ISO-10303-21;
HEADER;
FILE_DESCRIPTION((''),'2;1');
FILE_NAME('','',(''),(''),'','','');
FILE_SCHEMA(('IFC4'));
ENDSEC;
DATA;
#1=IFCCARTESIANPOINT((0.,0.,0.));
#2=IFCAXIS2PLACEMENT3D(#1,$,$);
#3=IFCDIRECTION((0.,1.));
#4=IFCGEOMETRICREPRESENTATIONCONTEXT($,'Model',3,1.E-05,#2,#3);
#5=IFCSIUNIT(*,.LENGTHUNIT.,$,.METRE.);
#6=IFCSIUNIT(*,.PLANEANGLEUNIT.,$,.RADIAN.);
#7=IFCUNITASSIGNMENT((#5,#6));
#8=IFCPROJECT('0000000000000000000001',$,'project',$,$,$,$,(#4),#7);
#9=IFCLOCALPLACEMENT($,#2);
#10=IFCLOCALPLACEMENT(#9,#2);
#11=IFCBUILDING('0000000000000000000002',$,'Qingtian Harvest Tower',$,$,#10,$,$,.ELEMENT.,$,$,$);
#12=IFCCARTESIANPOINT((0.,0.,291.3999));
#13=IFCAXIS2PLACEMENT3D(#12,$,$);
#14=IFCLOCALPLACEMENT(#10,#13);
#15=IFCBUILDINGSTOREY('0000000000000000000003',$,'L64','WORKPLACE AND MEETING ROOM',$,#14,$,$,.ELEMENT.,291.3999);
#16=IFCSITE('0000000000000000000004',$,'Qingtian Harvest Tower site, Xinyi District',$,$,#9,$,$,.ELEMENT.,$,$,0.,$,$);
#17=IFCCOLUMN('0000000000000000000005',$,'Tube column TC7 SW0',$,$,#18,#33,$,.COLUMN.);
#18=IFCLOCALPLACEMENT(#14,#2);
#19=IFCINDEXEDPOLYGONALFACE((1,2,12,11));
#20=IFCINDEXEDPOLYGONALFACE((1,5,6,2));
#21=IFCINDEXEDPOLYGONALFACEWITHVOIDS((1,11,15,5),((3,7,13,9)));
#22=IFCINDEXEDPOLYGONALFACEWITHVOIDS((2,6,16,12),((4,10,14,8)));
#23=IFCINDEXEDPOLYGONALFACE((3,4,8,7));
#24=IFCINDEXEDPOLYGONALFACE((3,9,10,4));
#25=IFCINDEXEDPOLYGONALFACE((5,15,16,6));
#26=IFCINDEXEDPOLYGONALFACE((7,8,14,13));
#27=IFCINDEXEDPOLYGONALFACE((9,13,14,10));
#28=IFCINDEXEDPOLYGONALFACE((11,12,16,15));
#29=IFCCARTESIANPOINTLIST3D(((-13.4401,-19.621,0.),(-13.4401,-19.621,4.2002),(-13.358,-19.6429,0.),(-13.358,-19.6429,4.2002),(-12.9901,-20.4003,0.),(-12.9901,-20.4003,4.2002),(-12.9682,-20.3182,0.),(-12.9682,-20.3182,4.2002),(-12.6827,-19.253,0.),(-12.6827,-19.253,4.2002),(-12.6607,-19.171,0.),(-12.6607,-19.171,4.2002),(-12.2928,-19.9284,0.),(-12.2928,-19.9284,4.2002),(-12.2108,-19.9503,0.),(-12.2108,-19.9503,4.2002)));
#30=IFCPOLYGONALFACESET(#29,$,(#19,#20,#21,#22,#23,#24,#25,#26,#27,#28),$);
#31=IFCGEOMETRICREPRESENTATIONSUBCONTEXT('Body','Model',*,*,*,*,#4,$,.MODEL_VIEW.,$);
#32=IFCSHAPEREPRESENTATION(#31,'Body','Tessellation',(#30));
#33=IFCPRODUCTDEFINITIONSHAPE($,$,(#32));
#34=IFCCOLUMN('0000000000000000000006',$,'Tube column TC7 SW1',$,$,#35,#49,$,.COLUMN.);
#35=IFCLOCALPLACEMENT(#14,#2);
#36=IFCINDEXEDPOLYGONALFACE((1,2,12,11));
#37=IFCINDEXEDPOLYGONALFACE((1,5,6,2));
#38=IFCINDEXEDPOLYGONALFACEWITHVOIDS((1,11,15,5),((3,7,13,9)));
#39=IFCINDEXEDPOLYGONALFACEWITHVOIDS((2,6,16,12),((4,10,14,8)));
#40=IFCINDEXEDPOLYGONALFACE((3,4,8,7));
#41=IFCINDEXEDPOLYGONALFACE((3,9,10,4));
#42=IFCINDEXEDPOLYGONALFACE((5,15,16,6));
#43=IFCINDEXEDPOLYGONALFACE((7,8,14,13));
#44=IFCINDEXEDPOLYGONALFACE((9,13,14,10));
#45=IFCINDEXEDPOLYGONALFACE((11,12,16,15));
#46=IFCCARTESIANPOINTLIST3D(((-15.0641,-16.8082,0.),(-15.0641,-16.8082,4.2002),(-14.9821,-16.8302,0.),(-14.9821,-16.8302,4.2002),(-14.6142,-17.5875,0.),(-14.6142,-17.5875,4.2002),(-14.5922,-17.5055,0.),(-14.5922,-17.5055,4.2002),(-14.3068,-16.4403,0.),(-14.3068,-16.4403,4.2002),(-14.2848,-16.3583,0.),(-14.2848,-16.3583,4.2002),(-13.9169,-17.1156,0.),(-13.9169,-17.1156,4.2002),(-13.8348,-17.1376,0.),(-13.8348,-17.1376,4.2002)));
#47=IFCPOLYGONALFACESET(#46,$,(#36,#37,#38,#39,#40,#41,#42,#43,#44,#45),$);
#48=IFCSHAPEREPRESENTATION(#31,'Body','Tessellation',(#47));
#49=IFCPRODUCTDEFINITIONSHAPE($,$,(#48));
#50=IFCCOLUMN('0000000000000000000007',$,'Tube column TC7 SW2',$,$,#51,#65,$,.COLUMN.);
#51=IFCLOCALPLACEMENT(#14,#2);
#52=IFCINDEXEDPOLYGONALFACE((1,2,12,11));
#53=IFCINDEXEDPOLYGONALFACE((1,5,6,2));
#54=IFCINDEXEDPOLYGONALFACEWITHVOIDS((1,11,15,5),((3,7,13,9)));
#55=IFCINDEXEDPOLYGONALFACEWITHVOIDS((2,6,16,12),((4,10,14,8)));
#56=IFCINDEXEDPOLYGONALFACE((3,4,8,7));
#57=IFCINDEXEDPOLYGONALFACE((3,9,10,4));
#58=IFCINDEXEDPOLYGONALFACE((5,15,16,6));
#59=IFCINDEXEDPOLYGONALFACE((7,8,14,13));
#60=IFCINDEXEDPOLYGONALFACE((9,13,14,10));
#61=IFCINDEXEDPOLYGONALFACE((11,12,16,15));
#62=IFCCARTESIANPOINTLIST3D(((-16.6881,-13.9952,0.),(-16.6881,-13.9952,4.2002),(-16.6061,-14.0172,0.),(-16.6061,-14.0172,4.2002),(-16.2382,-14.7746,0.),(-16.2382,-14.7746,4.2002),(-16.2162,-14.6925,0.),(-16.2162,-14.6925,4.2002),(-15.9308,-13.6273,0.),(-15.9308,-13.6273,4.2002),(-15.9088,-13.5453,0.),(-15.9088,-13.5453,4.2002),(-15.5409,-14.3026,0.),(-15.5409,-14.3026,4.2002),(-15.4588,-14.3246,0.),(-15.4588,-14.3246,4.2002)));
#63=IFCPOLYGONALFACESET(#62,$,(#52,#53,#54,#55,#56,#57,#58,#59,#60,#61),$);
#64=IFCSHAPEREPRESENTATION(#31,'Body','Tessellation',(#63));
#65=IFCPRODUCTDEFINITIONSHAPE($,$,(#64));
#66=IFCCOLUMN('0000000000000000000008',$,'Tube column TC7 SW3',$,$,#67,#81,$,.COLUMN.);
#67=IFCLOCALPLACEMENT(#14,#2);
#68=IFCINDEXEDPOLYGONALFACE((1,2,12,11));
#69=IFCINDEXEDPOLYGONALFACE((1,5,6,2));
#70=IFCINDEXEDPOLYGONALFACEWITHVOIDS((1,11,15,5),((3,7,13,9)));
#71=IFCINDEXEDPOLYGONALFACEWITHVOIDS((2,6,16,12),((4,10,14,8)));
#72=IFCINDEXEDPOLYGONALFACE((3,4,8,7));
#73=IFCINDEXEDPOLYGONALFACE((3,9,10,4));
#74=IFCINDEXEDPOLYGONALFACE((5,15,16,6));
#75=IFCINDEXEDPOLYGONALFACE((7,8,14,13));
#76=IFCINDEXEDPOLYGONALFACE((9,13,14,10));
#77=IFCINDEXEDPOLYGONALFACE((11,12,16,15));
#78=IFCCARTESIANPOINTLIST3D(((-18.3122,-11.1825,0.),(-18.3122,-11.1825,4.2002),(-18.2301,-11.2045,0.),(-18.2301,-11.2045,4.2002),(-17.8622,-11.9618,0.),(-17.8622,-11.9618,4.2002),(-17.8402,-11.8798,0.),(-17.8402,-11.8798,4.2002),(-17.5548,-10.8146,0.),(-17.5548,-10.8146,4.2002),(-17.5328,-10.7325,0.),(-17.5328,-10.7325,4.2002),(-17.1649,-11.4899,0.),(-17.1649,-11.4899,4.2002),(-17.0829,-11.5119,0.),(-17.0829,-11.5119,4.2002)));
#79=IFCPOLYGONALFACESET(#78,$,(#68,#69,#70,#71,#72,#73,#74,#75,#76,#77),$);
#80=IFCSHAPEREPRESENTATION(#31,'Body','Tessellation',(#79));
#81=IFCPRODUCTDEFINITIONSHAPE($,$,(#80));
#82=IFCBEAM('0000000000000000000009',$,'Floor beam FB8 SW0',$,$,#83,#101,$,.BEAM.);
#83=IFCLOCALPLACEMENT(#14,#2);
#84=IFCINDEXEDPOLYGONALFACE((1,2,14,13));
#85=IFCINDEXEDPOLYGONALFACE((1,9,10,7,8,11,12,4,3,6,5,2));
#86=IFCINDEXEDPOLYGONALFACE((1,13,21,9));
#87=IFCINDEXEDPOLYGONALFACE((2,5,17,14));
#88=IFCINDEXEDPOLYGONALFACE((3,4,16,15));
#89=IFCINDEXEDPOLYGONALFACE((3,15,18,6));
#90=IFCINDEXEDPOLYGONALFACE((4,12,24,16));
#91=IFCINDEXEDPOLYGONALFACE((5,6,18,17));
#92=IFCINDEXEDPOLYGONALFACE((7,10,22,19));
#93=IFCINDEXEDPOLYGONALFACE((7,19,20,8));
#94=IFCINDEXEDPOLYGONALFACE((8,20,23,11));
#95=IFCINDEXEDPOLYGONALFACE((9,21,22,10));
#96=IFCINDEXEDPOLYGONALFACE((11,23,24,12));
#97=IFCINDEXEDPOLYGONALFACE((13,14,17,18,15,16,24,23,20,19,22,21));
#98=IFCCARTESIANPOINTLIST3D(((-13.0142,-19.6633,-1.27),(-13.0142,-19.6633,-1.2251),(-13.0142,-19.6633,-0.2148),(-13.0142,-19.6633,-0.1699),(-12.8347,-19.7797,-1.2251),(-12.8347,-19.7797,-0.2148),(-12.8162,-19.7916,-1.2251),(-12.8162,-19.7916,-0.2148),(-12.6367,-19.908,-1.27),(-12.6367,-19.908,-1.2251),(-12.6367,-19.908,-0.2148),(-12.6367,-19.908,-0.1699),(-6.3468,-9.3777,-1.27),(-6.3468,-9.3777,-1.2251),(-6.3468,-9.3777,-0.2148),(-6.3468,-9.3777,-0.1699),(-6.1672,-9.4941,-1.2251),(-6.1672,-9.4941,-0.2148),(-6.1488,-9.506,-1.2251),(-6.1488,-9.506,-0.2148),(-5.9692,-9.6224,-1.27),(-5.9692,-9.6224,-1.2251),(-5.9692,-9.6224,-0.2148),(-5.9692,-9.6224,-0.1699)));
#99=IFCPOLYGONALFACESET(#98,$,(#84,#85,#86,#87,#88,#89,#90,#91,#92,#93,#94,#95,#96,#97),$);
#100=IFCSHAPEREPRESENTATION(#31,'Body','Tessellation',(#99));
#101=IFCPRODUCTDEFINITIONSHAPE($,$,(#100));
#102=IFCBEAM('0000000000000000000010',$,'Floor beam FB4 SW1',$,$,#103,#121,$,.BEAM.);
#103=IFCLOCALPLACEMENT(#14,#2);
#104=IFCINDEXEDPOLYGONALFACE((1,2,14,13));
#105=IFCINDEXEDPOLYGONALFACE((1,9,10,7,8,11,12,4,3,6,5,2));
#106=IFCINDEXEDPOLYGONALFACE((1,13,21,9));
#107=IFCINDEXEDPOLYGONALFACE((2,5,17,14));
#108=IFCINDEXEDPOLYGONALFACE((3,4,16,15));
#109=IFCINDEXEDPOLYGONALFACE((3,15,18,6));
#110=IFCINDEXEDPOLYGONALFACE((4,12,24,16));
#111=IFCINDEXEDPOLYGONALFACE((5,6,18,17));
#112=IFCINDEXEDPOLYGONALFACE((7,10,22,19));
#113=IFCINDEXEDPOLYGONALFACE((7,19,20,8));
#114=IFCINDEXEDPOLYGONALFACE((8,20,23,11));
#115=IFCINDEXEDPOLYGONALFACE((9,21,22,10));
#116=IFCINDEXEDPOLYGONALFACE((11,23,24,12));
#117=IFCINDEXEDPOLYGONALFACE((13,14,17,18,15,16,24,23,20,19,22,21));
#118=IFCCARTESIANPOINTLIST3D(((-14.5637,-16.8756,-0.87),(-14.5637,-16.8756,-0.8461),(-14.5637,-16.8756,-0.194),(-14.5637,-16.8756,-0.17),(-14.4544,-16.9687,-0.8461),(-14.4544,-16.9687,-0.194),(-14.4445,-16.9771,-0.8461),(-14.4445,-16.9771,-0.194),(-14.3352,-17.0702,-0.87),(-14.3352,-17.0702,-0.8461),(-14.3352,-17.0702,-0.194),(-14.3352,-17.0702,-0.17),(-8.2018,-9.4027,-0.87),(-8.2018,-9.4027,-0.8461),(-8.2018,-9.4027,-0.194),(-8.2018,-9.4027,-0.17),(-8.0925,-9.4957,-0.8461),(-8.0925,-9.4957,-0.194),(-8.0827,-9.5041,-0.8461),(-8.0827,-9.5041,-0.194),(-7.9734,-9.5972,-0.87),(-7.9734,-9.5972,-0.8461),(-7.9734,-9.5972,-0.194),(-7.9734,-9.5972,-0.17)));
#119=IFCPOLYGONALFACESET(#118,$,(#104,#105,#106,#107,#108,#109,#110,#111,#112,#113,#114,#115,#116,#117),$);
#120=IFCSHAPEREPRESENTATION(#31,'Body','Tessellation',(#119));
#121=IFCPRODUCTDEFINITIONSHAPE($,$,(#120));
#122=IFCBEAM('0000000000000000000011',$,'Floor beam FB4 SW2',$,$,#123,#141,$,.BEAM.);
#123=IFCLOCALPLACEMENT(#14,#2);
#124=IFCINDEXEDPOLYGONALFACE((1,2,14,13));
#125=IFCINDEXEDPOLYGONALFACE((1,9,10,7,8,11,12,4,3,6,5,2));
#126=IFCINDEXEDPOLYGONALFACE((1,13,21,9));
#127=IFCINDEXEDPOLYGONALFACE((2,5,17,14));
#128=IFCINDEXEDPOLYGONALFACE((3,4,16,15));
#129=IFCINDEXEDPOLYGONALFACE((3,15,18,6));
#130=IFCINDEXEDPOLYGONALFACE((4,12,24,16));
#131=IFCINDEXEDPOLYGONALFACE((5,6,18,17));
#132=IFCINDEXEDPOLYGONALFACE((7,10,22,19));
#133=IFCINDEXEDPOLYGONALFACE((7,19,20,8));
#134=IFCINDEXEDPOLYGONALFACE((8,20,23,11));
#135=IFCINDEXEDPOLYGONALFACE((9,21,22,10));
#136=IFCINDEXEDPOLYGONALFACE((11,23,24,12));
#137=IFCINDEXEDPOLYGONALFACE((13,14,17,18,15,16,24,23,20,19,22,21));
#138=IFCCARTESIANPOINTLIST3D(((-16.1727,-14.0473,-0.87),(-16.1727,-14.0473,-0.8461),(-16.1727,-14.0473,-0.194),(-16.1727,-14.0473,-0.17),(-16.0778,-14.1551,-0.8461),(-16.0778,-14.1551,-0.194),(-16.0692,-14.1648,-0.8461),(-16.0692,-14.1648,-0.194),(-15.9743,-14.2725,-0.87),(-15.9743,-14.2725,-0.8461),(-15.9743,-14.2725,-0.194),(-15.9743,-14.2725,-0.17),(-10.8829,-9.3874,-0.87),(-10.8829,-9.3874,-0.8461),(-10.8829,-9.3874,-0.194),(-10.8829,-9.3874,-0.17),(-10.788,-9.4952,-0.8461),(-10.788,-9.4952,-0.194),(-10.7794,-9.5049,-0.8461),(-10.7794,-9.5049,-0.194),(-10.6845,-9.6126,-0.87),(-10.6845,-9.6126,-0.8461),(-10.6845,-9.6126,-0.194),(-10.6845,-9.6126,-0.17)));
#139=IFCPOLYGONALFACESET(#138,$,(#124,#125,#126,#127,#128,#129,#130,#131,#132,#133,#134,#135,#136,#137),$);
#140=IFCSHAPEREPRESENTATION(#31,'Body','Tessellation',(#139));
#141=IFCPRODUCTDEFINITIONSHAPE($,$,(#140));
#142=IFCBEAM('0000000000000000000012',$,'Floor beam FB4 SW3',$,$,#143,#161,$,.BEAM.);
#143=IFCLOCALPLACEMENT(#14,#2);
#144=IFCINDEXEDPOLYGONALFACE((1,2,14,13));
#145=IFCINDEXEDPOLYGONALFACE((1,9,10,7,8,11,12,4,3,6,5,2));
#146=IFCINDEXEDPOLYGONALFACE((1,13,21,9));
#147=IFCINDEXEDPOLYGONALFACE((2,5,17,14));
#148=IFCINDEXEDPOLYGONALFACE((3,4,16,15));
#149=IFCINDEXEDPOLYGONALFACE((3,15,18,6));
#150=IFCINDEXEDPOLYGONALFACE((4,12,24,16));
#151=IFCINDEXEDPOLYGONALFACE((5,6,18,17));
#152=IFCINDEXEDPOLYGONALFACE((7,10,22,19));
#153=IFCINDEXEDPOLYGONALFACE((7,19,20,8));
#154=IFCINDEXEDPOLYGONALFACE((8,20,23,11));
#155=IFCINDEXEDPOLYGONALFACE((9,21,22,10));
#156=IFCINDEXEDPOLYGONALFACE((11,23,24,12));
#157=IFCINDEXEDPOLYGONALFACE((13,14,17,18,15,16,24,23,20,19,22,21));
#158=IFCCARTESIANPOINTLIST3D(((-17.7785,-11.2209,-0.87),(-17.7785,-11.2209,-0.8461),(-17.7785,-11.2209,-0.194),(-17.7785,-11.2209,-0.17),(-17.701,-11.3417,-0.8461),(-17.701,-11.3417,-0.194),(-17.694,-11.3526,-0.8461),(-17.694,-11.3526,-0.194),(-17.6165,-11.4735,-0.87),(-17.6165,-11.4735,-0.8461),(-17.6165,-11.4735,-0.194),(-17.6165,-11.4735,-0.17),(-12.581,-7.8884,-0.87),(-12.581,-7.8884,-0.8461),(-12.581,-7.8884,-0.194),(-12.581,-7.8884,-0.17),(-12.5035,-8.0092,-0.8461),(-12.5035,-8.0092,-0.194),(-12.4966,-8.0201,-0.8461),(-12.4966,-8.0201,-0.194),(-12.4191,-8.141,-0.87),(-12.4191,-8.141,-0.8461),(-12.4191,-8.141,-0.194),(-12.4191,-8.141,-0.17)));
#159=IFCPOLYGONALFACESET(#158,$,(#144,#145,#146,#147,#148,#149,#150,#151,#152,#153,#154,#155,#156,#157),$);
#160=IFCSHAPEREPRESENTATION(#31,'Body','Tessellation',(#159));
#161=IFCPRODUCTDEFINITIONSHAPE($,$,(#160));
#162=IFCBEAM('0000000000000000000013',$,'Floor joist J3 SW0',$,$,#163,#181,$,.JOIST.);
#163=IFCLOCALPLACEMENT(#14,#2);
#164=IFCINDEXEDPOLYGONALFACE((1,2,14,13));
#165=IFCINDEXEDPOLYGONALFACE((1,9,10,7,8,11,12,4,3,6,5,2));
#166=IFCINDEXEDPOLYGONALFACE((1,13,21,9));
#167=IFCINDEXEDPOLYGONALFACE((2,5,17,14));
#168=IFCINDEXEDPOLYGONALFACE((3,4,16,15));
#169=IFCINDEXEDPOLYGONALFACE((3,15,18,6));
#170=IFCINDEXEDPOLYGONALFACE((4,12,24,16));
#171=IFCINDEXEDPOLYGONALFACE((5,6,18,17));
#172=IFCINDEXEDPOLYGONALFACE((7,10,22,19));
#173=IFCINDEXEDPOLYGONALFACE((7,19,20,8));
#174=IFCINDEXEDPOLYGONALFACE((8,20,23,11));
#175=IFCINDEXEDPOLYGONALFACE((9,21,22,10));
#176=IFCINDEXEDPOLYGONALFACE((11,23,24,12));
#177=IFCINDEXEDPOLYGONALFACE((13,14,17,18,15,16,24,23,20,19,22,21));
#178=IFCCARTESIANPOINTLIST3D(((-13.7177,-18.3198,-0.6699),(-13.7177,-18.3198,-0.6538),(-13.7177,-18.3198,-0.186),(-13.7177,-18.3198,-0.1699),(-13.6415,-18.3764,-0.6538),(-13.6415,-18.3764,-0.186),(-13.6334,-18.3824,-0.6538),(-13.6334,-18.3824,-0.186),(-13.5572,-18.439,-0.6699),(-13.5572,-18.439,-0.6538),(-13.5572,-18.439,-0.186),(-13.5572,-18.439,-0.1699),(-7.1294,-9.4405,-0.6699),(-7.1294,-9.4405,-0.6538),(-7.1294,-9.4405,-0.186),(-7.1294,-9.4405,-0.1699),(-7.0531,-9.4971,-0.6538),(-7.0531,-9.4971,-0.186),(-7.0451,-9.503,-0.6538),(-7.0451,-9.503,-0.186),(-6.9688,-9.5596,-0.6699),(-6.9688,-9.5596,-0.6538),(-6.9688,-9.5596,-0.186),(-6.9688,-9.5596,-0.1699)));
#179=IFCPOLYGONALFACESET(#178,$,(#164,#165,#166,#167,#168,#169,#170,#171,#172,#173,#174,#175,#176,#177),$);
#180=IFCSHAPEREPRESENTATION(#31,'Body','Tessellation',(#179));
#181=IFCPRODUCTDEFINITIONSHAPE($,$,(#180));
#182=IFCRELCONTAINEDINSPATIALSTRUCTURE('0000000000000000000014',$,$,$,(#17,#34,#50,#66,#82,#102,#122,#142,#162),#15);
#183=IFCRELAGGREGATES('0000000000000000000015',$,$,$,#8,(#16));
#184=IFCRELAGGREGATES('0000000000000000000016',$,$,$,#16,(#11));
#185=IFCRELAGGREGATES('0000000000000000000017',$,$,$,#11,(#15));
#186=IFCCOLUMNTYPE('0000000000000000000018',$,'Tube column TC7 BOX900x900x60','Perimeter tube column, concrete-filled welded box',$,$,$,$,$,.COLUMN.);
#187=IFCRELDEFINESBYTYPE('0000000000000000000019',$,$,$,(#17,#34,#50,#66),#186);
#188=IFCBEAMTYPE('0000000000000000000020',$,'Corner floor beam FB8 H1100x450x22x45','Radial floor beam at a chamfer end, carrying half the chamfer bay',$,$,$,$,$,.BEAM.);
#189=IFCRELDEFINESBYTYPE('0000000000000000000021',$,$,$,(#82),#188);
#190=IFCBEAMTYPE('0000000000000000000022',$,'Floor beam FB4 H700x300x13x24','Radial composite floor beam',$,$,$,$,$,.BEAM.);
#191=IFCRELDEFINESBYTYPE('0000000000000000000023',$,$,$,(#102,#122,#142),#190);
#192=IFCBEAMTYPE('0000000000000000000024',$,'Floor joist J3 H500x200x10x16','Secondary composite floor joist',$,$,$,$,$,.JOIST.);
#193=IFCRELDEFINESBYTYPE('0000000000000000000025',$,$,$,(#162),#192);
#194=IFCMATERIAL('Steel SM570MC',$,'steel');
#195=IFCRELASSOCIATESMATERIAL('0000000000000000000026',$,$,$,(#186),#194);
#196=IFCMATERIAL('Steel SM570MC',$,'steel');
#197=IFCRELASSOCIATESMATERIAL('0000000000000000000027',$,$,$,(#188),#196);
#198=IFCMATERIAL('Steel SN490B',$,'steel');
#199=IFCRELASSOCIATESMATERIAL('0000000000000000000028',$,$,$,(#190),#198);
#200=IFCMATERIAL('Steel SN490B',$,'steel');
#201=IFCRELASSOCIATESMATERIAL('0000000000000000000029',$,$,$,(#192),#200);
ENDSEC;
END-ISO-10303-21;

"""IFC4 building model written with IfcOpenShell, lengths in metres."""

from ifc_helpers import new_model, si_unit, direction, frame, origin, origin_2d, place, context, subcontext, project, spatial, hollow_rectangle, i_section, extrude, material, material_profile, profile_set, type_object, element, save


model = new_model("IFC4")

# Units and contexts
model_context = context("Model", 3, precision=1e-05, world=origin(), true_north=direction((0.0, 1.0)))
body_context = subcontext(model_context, "Body", "Model", "MODEL_VIEW")
ifc_project = project(units=[si_unit("LENGTHUNIT", "METRE"), si_unit("PLANEANGLEUNIT", "RADIAN")], contexts=[model_context])

# Site, building, storey
site_placement = place(None, origin())
site = spatial("IfcSite", under=ifc_project, at=site_placement, Name="Qingtian Harvest Tower site, Xinyi District", CompositionType="ELEMENT", RefElevation=0.0)
building_placement = place(site_placement, origin())
building = spatial("IfcBuilding", under=site, at=building_placement, Name="Qingtian Harvest Tower", CompositionType="ELEMENT")
storey_placement = place(building_placement, frame((0.0, 0.0, 291.3999)))
storey = spatial("IfcBuildingStorey", under=building, at=storey_placement, Name="L64", Description="WORKPLACE AND MEETING ROOM", CompositionType="ELEMENT", Elevation=291.3999)

# Columns
ifc_material_1 = material(Name="Steel SM570MC", Category="steel")
ifc_material_profile_1 = material_profile(ifc_material_1, hollow_rectangle(XDim=0.8999, YDim=0.8999, WallThickness=0.0601, at=origin_2d()), Name="BOX900x900x60")
ifc_profile_set_1 = profile_set([ifc_material_profile_1], Name="Steel SM570MC")
column_type = type_object("IfcColumnType", Name="Tube column TC7 BOX900x900x60", Description="Perimeter tube column, concrete-filled welded box", PredefinedType="COLUMN", material=ifc_profile_set_1)
for number, where, z_axis, x_axis, name in (
    (1, (-12.8254, -19.7856, 0.0), (0.0, 0.0, 1.0), (0.5, -0.866025, 0.0), "Tube column TC7 SW0"),
    (2, (-14.4495, -16.9729, 0.0), (0.0, 0.0, 1.0), (0.5, -0.866025, 0.0), "Tube column TC7 SW1"),
    (3, (-16.0735, -14.1599, 0.0), (0.0, 0.0, 1.0), (0.5, -0.866025, 0.0), "Tube column TC7 SW2"),
    (4, (-17.6975, -11.3472, 0.0), (0.0, 0.0, 1.0), (0.5, -0.866025, 0.0), "Tube column TC7 SW3"),
):
    element("IfcColumn", number, at=place(storey_placement, frame(where, z_axis=z_axis, x_axis=x_axis)), inside=storey, type_object=column_type, Name=name, PredefinedType="COLUMN", context=body_context, shape_type="SweptSolid", body=[
        extrude(hollow_rectangle(XDim=0.8999, YDim=0.8999, WallThickness=0.0601, at=origin_2d()), origin(), (0.0, 0.0, 1.0), 4.2002),
    ])

# Beams
ifc_material_2 = material(Name="Steel SM570MC", Category="steel")
ifc_material_profile_2 = material_profile(ifc_material_2, i_section(OverallWidth=0.45, OverallDepth=1.1001, WebThickness=0.022, FlangeThickness=0.0449, at=origin_2d()), Name="H1100x450x22x45")
ifc_profile_set_2 = profile_set([ifc_material_profile_2], Name="Steel SM570MC")
beam_type_1 = type_object("IfcBeamType", Name="Corner floor beam FB8 H1100x450x22x45", Description="Radial floor beam at a chamfer end, carrying half the chamfer bay", PredefinedType="BEAM", material=ifc_profile_set_2)
beam_1_placement = place(storey_placement, frame((-12.8254, -19.7856, -0.72), z_axis=(0.543945, 0.839121, 0.0), x_axis=(-0.839121, 0.543945, 0.0)))
element("IfcBeam", 5, at=beam_1_placement, inside=storey, type_object=beam_type_1, Name="Floor beam FB8 SW0", PredefinedType="BEAM", context=body_context, shape_type="SweptSolid", body=[
    extrude(i_section(OverallWidth=0.45, OverallDepth=1.1001, WebThickness=0.022, FlangeThickness=0.0449, at=origin_2d()), origin(), (0.0, 0.0, 1.0), 12.2576),
])
ifc_material_3 = material(Name="Steel SN490B", Category="steel")
ifc_material_profile_3 = material_profile(ifc_material_3, i_section(OverallWidth=0.3, OverallDepth=0.7, WebThickness=0.0129, FlangeThickness=0.0239, at=origin_2d()), Name="H700x300x13x24")
ifc_profile_set_3 = profile_set([ifc_material_profile_3], Name="Steel SN490B")
beam_type_2 = type_object("IfcBeamType", Name="Floor beam FB4 H700x300x13x24", Description="Radial composite floor beam", PredefinedType="BEAM", material=ifc_profile_set_3)
beam_2_placement = place(storey_placement, frame((-14.4495, -16.9729, -0.52), z_axis=(0.648231, 0.761444, 0.0), x_axis=(-0.761444, 0.648231, 0.0)))
element("IfcBeam", 6, at=beam_2_placement, inside=storey, type_object=beam_type_2, Name="Floor beam FB4 SW1", PredefinedType="BEAM", context=body_context, shape_type="SweptSolid", body=[
    extrude(i_section(OverallWidth=0.3, OverallDepth=0.7, WebThickness=0.0129, FlangeThickness=0.0239, at=origin_2d()), origin(), (0.0, 0.0, 1.0), 9.8142),
])
beam_3_placement = place(storey_placement, frame((-16.0735, -14.1599, -0.52), z_axis=(0.750369, 0.661019, 0.0), x_axis=(-0.661019, 0.750369, 0.0)))
element("IfcBeam", 7, at=beam_3_placement, inside=storey, type_object=beam_type_2, Name="Floor beam FB4 SW2", PredefinedType="BEAM", context=body_context, shape_type="SweptSolid", body=[
    extrude(i_section(OverallWidth=0.3, OverallDepth=0.7, WebThickness=0.0129, FlangeThickness=0.0239, at=origin_2d()), origin(), (0.0, 0.0, 1.0), 7.0496),
])
beam_4_placement = place(storey_placement, frame((-17.6975, -11.3472, -0.52), z_axis=(0.841822, 0.539756, 0.0), x_axis=(-0.539756, 0.841822, 0.0)))
element("IfcBeam", 8, at=beam_4_placement, inside=storey, type_object=beam_type_2, Name="Floor beam FB4 SW3", PredefinedType="BEAM", context=body_context, shape_type="SweptSolid", body=[
    extrude(i_section(OverallWidth=0.3, OverallDepth=0.7, WebThickness=0.0129, FlangeThickness=0.0239, at=origin_2d()), origin(), (0.0, 0.0, 1.0), 6.1741),
])
ifc_material_4 = material(Name="Steel SN490B", Category="steel")
ifc_material_profile_4 = material_profile(ifc_material_4, i_section(OverallWidth=0.2, OverallDepth=0.5, WebThickness=0.01, FlangeThickness=0.0161, at=origin_2d()), Name="H500x200x10x16")
ifc_profile_set_4 = profile_set([ifc_material_profile_4], Name="Steel SN490B")
beam_type_3 = type_object("IfcBeamType", Name="Floor joist J3 H500x200x10x16", Description="Secondary composite floor joist", PredefinedType="JOIST", material=ifc_profile_set_4)
beam_5_placement = place(storey_placement, frame((-13.6375, -18.3794, -0.4199), z_axis=(0.595873, 0.803079, 0.0), x_axis=(-0.803079, 0.595873, 0.0)))
element("IfcBeam", 9, at=beam_5_placement, inside=storey, type_object=beam_type_3, Name="Floor joist J3 SW0", PredefinedType="JOIST", context=body_context, shape_type="SweptSolid", body=[
    extrude(i_section(OverallWidth=0.2, OverallDepth=0.5, WebThickness=0.01, FlangeThickness=0.0161, at=origin_2d()), origin(), (0.0, 0.0, 1.0), 11.0566),
])

save(model, "model.ifc")
